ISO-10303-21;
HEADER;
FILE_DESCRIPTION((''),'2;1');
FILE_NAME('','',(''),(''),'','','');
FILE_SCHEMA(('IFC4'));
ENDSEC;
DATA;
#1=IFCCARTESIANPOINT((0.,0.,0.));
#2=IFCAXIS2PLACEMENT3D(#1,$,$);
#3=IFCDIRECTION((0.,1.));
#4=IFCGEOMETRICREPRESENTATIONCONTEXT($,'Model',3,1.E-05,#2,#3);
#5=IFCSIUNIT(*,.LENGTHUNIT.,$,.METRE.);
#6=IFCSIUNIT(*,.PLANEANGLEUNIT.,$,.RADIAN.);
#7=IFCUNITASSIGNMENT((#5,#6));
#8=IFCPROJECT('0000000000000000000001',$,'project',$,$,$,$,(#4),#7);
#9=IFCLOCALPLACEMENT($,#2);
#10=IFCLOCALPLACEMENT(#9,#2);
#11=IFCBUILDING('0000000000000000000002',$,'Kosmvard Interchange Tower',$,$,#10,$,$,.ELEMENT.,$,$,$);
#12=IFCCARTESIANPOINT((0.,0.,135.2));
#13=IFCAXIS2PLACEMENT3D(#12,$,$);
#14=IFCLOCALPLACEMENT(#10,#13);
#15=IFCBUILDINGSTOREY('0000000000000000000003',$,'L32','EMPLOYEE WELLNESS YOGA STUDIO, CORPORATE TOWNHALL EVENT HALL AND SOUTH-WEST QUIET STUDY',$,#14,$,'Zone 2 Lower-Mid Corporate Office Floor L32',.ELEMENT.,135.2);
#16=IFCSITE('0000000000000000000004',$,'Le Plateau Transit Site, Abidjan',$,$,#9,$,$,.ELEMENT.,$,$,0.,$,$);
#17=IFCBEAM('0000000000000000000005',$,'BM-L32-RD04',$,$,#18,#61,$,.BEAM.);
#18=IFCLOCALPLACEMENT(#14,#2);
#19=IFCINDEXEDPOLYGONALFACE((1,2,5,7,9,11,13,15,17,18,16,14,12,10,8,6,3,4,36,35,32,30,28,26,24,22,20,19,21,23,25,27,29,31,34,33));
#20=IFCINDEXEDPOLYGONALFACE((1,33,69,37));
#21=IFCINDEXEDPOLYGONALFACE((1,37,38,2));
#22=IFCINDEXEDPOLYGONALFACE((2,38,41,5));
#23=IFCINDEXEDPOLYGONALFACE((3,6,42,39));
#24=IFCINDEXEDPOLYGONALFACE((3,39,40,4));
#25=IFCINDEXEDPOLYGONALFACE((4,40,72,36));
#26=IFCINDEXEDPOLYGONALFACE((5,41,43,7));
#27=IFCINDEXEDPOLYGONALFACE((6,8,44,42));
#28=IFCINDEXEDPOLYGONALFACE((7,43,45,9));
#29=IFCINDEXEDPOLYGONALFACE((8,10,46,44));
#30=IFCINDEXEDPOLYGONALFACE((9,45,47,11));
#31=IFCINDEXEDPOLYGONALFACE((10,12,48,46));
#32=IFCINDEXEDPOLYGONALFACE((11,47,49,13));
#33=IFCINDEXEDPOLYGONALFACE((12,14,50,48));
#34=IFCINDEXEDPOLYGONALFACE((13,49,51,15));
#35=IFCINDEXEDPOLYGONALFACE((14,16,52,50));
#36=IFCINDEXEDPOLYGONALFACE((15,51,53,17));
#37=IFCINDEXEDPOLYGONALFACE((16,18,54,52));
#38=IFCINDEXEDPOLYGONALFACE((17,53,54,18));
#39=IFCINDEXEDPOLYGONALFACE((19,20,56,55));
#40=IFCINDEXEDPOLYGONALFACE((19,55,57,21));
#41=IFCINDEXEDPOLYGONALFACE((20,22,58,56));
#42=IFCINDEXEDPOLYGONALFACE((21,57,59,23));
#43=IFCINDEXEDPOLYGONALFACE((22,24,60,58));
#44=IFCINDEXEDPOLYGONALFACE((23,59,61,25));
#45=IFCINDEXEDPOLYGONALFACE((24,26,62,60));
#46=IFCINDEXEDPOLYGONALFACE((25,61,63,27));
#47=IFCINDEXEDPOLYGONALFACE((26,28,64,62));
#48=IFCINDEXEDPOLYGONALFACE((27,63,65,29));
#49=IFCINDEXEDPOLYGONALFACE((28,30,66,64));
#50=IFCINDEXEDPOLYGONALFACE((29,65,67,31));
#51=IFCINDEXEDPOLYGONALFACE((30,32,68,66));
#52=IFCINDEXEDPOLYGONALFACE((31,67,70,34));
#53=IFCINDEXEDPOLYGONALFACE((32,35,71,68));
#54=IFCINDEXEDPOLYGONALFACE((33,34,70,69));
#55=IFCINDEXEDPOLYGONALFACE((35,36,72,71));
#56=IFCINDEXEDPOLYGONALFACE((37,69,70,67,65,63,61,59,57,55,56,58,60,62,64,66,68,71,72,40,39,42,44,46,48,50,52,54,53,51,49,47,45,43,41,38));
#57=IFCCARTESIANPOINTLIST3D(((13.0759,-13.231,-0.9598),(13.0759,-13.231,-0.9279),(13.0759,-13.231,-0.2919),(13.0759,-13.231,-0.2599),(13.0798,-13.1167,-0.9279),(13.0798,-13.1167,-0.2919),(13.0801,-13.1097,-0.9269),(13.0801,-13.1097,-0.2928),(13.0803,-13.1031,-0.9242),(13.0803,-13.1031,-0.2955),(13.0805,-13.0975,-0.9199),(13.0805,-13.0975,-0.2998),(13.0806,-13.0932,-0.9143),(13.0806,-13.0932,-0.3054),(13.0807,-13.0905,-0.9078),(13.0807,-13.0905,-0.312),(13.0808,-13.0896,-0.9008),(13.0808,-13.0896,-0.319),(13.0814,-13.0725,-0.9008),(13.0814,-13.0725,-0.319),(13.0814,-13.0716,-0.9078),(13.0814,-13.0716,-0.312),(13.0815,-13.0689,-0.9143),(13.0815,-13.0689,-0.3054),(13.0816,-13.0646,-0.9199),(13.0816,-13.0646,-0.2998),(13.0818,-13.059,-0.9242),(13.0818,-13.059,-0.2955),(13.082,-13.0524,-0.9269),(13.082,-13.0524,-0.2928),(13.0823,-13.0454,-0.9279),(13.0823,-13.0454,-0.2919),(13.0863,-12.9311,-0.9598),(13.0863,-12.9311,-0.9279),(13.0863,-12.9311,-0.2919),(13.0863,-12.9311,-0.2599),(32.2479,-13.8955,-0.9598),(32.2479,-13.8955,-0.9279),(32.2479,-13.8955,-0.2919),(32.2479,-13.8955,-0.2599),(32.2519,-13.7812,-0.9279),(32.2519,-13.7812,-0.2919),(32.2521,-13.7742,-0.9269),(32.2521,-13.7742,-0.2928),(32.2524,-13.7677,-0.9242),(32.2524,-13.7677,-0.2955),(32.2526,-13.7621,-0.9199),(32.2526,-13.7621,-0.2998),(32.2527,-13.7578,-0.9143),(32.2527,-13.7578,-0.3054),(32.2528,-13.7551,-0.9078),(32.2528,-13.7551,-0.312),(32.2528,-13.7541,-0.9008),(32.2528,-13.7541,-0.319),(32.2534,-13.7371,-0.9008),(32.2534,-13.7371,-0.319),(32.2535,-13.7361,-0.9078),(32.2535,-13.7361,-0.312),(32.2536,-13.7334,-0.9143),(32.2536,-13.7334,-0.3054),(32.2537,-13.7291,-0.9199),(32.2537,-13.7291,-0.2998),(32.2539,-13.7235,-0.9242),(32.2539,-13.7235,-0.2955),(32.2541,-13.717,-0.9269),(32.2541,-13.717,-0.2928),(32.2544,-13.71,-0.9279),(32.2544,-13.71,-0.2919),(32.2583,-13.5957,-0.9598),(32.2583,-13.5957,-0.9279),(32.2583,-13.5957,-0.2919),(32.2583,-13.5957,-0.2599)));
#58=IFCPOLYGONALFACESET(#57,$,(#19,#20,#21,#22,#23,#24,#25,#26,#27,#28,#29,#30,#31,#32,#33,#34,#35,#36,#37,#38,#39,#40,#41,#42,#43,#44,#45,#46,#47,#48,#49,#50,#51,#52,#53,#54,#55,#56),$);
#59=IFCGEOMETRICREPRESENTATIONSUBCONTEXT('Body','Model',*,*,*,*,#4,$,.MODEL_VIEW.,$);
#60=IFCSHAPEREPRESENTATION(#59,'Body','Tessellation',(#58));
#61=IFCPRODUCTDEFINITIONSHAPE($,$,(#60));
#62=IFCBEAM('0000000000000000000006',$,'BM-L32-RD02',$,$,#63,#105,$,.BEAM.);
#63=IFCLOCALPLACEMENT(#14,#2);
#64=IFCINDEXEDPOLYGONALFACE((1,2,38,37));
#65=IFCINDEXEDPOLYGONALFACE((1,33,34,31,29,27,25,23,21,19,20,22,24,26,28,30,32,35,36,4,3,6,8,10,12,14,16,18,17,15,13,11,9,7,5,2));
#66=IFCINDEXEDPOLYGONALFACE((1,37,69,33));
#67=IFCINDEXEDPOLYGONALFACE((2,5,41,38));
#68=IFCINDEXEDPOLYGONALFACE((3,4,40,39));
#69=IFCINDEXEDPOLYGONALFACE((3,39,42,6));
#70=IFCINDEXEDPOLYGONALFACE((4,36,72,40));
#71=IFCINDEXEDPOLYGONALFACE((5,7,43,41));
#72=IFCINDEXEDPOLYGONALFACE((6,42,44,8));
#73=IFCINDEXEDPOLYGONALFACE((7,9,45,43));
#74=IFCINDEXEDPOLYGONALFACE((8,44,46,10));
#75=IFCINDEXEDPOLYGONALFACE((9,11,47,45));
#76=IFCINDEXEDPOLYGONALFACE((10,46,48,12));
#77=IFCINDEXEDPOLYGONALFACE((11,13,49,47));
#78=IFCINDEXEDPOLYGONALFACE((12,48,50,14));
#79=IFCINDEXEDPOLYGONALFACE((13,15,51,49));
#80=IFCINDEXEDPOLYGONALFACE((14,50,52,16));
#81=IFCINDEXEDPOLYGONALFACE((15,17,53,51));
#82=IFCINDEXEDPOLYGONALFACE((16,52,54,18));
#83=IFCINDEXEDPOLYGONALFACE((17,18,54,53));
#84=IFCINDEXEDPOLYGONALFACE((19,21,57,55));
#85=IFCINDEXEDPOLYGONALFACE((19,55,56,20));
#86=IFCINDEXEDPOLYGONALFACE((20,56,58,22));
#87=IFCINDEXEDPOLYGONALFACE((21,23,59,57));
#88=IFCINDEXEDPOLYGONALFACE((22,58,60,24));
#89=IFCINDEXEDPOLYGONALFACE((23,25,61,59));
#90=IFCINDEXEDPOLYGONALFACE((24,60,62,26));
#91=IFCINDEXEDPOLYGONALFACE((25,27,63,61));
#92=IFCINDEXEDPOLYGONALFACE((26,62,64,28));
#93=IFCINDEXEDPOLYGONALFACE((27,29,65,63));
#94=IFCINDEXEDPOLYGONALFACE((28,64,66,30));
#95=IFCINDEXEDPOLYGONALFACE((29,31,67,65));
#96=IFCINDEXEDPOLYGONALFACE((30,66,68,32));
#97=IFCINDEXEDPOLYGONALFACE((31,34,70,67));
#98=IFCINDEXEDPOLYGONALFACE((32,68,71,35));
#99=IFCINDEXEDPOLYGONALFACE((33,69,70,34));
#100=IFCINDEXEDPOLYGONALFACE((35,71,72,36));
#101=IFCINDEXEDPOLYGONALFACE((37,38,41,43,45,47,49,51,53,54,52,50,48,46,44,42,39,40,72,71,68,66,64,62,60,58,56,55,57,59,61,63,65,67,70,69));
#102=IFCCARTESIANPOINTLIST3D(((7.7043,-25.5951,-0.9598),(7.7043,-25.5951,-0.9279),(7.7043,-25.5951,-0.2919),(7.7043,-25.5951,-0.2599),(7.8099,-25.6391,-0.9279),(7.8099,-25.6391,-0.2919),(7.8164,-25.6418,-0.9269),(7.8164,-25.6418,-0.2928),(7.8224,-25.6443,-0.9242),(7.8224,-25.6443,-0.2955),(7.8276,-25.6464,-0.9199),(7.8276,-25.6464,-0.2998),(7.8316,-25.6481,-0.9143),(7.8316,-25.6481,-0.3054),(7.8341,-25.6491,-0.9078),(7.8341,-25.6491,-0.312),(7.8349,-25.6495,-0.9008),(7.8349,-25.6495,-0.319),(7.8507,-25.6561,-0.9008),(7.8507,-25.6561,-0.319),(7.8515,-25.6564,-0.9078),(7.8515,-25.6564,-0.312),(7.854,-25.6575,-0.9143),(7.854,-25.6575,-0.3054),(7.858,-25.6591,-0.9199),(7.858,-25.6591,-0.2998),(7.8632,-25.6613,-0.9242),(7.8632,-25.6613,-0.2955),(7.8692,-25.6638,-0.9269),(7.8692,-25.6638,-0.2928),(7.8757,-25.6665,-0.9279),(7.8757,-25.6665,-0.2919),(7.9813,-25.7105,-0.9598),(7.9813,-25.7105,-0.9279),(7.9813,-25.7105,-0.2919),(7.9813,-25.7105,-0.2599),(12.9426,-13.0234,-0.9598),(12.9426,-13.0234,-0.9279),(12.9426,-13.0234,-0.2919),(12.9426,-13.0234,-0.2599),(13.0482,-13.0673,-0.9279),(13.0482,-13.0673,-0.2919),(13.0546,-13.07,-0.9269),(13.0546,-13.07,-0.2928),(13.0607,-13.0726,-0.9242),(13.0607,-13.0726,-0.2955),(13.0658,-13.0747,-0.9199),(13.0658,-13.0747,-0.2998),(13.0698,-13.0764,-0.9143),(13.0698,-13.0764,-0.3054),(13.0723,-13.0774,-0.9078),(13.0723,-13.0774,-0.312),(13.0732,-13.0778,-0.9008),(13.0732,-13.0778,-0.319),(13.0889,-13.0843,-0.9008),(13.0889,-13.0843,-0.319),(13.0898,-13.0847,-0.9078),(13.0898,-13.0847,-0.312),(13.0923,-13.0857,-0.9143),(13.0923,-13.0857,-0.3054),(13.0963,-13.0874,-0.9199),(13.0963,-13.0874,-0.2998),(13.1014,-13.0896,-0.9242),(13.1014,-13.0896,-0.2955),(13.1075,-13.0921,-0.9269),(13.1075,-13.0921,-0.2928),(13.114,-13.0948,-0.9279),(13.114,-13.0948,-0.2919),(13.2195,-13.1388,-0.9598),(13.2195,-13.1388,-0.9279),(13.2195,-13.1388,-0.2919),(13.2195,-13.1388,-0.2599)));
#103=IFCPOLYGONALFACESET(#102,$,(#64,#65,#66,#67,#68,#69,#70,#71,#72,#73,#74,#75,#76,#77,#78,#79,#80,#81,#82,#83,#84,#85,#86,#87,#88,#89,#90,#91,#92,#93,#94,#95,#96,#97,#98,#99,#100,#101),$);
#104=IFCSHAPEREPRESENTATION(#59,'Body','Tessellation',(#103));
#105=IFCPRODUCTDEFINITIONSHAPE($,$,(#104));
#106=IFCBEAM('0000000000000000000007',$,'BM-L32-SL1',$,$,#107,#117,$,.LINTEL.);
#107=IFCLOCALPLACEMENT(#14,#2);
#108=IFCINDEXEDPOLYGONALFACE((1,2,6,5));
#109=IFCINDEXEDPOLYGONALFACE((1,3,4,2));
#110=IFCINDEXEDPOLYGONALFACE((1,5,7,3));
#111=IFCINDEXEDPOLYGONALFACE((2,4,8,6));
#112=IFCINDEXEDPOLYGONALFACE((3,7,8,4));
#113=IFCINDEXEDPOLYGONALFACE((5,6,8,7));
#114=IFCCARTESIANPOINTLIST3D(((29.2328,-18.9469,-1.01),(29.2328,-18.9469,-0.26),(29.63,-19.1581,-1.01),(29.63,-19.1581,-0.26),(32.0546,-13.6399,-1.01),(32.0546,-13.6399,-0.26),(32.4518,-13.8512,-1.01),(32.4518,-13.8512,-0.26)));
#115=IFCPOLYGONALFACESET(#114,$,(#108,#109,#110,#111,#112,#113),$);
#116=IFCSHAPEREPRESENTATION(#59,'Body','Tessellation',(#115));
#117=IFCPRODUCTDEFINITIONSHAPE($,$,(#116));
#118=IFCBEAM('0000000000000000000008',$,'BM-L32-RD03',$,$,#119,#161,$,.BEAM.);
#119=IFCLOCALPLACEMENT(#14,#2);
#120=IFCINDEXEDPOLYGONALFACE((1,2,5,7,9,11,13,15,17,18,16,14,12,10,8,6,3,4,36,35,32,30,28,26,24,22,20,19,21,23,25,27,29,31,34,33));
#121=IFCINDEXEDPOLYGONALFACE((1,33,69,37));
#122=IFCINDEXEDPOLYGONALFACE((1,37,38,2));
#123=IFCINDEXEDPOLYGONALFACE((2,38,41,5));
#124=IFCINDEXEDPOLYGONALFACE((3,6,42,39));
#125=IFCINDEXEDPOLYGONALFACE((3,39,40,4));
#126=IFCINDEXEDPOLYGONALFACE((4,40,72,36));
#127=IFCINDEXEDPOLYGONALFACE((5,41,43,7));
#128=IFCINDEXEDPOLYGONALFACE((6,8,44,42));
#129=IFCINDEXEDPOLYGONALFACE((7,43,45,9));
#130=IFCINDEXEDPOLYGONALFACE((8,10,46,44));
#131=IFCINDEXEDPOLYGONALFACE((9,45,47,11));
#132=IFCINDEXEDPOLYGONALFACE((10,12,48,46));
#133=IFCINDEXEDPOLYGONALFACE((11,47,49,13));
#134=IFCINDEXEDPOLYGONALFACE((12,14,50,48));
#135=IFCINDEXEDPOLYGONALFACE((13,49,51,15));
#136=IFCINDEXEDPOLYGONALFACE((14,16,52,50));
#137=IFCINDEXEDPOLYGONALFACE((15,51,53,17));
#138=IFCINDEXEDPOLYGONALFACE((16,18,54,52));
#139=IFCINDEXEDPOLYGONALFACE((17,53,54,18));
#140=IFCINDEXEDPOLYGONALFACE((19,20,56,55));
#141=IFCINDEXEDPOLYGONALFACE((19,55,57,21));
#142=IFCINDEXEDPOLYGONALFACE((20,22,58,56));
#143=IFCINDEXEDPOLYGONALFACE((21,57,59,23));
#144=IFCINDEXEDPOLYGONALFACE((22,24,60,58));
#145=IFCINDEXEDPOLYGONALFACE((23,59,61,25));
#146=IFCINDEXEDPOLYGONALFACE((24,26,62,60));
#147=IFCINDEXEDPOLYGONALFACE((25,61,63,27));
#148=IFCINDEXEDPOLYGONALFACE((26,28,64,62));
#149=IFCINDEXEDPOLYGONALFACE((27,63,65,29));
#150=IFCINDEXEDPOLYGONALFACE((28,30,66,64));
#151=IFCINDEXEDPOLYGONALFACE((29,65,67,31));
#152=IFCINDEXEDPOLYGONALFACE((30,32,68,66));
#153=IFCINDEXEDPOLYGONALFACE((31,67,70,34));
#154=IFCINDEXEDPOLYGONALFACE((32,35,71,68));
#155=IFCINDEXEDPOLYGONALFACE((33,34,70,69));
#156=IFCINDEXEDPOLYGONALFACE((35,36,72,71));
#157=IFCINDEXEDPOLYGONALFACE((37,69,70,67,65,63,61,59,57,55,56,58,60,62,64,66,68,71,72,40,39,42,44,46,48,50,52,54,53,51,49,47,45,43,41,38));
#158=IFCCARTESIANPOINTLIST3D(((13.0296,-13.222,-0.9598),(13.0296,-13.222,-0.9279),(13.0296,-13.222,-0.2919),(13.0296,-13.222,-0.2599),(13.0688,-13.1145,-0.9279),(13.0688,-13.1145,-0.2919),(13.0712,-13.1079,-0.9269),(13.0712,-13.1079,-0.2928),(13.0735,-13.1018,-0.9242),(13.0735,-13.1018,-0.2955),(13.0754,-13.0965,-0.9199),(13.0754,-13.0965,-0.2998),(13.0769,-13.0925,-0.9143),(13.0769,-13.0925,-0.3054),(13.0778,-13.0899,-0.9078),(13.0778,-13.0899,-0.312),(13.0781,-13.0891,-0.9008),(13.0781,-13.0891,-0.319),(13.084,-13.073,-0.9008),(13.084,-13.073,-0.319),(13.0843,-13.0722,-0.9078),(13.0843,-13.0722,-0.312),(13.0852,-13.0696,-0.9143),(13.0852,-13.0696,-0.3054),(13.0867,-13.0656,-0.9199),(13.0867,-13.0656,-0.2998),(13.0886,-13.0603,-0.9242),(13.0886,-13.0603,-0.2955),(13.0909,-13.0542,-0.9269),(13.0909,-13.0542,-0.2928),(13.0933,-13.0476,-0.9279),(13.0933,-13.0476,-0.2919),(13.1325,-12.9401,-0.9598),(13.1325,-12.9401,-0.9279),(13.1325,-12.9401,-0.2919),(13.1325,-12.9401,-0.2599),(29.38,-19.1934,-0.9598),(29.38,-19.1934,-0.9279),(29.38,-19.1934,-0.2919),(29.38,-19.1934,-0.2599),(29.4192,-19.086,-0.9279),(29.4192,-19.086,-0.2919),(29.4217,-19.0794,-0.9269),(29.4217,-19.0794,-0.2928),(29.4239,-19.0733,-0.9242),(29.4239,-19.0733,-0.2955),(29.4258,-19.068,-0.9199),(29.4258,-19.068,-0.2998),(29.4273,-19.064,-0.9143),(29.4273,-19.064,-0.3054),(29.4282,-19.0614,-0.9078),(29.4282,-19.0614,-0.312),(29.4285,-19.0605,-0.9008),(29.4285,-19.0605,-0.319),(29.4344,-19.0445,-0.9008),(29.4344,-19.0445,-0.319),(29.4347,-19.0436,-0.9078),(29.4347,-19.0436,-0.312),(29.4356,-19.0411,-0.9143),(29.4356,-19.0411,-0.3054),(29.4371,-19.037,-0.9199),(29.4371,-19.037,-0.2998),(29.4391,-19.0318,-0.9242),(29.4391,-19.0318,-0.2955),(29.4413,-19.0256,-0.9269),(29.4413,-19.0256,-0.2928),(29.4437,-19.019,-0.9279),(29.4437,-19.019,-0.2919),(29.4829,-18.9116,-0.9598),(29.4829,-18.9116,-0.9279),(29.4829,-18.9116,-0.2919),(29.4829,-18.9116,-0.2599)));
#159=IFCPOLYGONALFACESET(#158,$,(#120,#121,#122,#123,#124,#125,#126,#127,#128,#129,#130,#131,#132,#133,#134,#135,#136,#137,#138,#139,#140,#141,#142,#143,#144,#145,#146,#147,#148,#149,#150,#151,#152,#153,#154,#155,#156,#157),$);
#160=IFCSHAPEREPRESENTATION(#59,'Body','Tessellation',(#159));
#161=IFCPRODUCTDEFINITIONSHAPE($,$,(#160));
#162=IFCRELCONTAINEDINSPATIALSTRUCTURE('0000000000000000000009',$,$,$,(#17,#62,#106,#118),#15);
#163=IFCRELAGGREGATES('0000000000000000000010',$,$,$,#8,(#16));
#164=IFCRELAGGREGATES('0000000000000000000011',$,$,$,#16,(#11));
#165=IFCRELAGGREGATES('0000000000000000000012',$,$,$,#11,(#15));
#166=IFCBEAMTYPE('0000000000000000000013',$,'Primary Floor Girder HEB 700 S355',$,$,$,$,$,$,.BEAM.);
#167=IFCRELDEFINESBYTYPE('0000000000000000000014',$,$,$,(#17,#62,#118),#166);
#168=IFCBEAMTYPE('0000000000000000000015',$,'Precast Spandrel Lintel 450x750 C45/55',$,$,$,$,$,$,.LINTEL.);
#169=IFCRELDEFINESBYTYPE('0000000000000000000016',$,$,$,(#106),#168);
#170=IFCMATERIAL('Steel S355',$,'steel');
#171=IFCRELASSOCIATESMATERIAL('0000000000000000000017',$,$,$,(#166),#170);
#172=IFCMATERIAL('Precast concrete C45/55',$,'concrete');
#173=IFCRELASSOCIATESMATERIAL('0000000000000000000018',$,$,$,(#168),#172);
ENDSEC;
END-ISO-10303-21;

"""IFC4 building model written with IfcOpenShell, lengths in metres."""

from ifc_helpers import new_model, si_unit, direction, frame, origin, origin_2d, place, context, subcontext, project, spatial, rectangle, i_section, extrude, source, transform, mapped, material, material_profile, profile_set, type_object, element, save


model = new_model("IFC4")

# Units and contexts
model_context = context("Model", 3, precision=1e-05, world=origin(), true_north=direction((0.0, 1.0)))
body_context = subcontext(model_context, "Body", "Model", "MODEL_VIEW")
ifc_project = project(units=[si_unit("LENGTHUNIT", "METRE"), si_unit("PLANEANGLEUNIT", "RADIAN")], contexts=[model_context])

# Site, building, storey
site_placement = place(None, origin())
site = spatial("IfcSite", under=ifc_project, at=site_placement, Name="Le Plateau Transit Site, Abidjan", CompositionType="ELEMENT", RefElevation=0.0)
building_placement = place(site_placement, origin())
building = spatial("IfcBuilding", under=site, at=building_placement, Name="Kosmvard Interchange Tower", CompositionType="ELEMENT")
storey_placement = place(building_placement, frame((0.0, 0.0, 135.2)))
storey = spatial("IfcBuildingStorey", under=building, at=storey_placement, Name="L32", Description="EMPLOYEE WELLNESS YOGA STUDIO, CORPORATE TOWNHALL EVENT HALL AND SOUTH-WEST QUIET STUDY", LongName="Zone 2 Lower-Mid Corporate Office Floor L32", CompositionType="ELEMENT", Elevation=135.2)

# Beams
ifc_material_1 = material(Name="Steel S355", Category="steel")
ifc_material_profile_1 = material_profile(ifc_material_1, i_section(OverallWidth=0.3, OverallDepth=0.7, WebThickness=0.0171, FlangeThickness=0.032, FilletRadius=0.0271, at=origin_2d()), Name="HEB 700")
ifc_profile_set_1 = profile_set([ifc_material_profile_1], Name="Steel S355")
beam_type_1 = type_object("IfcBeamType", Name="Primary Floor Girder HEB 700 S355", PredefinedType="BEAM", material=ifc_profile_set_1)
shared_shape_1 = source(origin(), body_context, "Body", "SweptSolid", [
    extrude(i_section(OverallWidth=0.3, OverallDepth=0.7, WebThickness=0.0171, FlangeThickness=0.032, FilletRadius=0.0271, at=origin_2d()), origin(), (0.0, 0.0, 1.0), 19.1836),
])
beam_1_placement = place(storey_placement, frame((13.0811, -13.0811, -0.6099), z_axis=(0.9994, -0.034642, 0.0), x_axis=(0.034642, 0.9994, 0.0)))
element("IfcBeam", 1, at=beam_1_placement, inside=storey, type_object=beam_type_1, Name="BM-L32-RD04", PredefinedType="BEAM", context=body_context, shape_type="MappedRepresentation", body=[
    mapped(shared_shape_1, transform((0.0, 0.0, 0.0), scale=1.0)),
])
shared_shape_2 = source(origin(), body_context, "Body", "SweptSolid", [
    extrude(i_section(OverallWidth=0.3, OverallDepth=0.7, WebThickness=0.0171, FlangeThickness=0.032, FilletRadius=0.0271, at=origin_2d()), origin(), (0.0, 0.0, 1.0), 13.6194),
])
beam_2_placement = place(storey_placement, frame((13.0811, -13.0811, -0.6099), z_axis=(-0.384618, -0.923076, 0.0), x_axis=(0.923076, -0.384618, 0.0)))
element("IfcBeam", 2, at=beam_2_placement, inside=storey, type_object=beam_type_1, Name="BM-L32-RD02", PredefinedType="BEAM", context=body_context, shape_type="MappedRepresentation", body=[
    mapped(shared_shape_2, transform((0.0, 0.0, 0.0), scale=1.0)),
])
ifc_material_2 = material(Name="Precast concrete C45/55", Category="concrete")
ifc_material_profile_2 = material_profile(ifc_material_2, rectangle(XDim=0.45, YDim=0.75, at=origin_2d()), Name="SL 450x750")
ifc_profile_set_2 = profile_set([ifc_material_profile_2], Name="Precast concrete C45/55")
beam_type_2 = type_object("IfcBeamType", Name="Precast Spandrel Lintel 450x750 C45/55", PredefinedType="LINTEL", material=ifc_profile_set_2)
shared_shape_3 = source(origin(), body_context, "Body", "SweptSolid", [
    extrude(rectangle(XDim=0.45, YDim=0.75, at=origin_2d()), origin(), (0.0, 0.0, 1.0), 6.0105),
])
beam_3_placement = place(storey_placement, frame((29.4314, -19.0525, -0.635), z_axis=(0.469479, 0.882944, 0.0), x_axis=(-0.882944, 0.469479, 0.0)))
element("IfcBeam", 3, at=beam_3_placement, inside=storey, type_object=beam_type_2, Name="BM-L32-SL1", PredefinedType="LINTEL", context=body_context, shape_type="MappedRepresentation", body=[
    mapped(shared_shape_3, transform((0.0, 0.0, 0.0), scale=1.0)),
])
shared_shape_4 = source(origin(), body_context, "Body", "SweptSolid", [
    extrude(i_section(OverallWidth=0.3, OverallDepth=0.7, WebThickness=0.0171, FlangeThickness=0.032, FilletRadius=0.0271, at=origin_2d()), origin(), (0.0, 0.0, 1.0), 17.4067),
])
beam_4_placement = place(storey_placement, frame((13.0811, -13.0811, -0.6099), z_axis=(0.939315, -0.343055, 0.0), x_axis=(0.343055, 0.939315, 0.0)))
element("IfcBeam", 4, at=beam_4_placement, inside=storey, type_object=beam_type_1, Name="BM-L32-RD03", PredefinedType="BEAM", context=body_context, shape_type="MappedRepresentation", body=[
    mapped(shared_shape_4, transform((0.0, 0.0, 0.0), scale=1.0)),
])

save(model, "model.ifc")
